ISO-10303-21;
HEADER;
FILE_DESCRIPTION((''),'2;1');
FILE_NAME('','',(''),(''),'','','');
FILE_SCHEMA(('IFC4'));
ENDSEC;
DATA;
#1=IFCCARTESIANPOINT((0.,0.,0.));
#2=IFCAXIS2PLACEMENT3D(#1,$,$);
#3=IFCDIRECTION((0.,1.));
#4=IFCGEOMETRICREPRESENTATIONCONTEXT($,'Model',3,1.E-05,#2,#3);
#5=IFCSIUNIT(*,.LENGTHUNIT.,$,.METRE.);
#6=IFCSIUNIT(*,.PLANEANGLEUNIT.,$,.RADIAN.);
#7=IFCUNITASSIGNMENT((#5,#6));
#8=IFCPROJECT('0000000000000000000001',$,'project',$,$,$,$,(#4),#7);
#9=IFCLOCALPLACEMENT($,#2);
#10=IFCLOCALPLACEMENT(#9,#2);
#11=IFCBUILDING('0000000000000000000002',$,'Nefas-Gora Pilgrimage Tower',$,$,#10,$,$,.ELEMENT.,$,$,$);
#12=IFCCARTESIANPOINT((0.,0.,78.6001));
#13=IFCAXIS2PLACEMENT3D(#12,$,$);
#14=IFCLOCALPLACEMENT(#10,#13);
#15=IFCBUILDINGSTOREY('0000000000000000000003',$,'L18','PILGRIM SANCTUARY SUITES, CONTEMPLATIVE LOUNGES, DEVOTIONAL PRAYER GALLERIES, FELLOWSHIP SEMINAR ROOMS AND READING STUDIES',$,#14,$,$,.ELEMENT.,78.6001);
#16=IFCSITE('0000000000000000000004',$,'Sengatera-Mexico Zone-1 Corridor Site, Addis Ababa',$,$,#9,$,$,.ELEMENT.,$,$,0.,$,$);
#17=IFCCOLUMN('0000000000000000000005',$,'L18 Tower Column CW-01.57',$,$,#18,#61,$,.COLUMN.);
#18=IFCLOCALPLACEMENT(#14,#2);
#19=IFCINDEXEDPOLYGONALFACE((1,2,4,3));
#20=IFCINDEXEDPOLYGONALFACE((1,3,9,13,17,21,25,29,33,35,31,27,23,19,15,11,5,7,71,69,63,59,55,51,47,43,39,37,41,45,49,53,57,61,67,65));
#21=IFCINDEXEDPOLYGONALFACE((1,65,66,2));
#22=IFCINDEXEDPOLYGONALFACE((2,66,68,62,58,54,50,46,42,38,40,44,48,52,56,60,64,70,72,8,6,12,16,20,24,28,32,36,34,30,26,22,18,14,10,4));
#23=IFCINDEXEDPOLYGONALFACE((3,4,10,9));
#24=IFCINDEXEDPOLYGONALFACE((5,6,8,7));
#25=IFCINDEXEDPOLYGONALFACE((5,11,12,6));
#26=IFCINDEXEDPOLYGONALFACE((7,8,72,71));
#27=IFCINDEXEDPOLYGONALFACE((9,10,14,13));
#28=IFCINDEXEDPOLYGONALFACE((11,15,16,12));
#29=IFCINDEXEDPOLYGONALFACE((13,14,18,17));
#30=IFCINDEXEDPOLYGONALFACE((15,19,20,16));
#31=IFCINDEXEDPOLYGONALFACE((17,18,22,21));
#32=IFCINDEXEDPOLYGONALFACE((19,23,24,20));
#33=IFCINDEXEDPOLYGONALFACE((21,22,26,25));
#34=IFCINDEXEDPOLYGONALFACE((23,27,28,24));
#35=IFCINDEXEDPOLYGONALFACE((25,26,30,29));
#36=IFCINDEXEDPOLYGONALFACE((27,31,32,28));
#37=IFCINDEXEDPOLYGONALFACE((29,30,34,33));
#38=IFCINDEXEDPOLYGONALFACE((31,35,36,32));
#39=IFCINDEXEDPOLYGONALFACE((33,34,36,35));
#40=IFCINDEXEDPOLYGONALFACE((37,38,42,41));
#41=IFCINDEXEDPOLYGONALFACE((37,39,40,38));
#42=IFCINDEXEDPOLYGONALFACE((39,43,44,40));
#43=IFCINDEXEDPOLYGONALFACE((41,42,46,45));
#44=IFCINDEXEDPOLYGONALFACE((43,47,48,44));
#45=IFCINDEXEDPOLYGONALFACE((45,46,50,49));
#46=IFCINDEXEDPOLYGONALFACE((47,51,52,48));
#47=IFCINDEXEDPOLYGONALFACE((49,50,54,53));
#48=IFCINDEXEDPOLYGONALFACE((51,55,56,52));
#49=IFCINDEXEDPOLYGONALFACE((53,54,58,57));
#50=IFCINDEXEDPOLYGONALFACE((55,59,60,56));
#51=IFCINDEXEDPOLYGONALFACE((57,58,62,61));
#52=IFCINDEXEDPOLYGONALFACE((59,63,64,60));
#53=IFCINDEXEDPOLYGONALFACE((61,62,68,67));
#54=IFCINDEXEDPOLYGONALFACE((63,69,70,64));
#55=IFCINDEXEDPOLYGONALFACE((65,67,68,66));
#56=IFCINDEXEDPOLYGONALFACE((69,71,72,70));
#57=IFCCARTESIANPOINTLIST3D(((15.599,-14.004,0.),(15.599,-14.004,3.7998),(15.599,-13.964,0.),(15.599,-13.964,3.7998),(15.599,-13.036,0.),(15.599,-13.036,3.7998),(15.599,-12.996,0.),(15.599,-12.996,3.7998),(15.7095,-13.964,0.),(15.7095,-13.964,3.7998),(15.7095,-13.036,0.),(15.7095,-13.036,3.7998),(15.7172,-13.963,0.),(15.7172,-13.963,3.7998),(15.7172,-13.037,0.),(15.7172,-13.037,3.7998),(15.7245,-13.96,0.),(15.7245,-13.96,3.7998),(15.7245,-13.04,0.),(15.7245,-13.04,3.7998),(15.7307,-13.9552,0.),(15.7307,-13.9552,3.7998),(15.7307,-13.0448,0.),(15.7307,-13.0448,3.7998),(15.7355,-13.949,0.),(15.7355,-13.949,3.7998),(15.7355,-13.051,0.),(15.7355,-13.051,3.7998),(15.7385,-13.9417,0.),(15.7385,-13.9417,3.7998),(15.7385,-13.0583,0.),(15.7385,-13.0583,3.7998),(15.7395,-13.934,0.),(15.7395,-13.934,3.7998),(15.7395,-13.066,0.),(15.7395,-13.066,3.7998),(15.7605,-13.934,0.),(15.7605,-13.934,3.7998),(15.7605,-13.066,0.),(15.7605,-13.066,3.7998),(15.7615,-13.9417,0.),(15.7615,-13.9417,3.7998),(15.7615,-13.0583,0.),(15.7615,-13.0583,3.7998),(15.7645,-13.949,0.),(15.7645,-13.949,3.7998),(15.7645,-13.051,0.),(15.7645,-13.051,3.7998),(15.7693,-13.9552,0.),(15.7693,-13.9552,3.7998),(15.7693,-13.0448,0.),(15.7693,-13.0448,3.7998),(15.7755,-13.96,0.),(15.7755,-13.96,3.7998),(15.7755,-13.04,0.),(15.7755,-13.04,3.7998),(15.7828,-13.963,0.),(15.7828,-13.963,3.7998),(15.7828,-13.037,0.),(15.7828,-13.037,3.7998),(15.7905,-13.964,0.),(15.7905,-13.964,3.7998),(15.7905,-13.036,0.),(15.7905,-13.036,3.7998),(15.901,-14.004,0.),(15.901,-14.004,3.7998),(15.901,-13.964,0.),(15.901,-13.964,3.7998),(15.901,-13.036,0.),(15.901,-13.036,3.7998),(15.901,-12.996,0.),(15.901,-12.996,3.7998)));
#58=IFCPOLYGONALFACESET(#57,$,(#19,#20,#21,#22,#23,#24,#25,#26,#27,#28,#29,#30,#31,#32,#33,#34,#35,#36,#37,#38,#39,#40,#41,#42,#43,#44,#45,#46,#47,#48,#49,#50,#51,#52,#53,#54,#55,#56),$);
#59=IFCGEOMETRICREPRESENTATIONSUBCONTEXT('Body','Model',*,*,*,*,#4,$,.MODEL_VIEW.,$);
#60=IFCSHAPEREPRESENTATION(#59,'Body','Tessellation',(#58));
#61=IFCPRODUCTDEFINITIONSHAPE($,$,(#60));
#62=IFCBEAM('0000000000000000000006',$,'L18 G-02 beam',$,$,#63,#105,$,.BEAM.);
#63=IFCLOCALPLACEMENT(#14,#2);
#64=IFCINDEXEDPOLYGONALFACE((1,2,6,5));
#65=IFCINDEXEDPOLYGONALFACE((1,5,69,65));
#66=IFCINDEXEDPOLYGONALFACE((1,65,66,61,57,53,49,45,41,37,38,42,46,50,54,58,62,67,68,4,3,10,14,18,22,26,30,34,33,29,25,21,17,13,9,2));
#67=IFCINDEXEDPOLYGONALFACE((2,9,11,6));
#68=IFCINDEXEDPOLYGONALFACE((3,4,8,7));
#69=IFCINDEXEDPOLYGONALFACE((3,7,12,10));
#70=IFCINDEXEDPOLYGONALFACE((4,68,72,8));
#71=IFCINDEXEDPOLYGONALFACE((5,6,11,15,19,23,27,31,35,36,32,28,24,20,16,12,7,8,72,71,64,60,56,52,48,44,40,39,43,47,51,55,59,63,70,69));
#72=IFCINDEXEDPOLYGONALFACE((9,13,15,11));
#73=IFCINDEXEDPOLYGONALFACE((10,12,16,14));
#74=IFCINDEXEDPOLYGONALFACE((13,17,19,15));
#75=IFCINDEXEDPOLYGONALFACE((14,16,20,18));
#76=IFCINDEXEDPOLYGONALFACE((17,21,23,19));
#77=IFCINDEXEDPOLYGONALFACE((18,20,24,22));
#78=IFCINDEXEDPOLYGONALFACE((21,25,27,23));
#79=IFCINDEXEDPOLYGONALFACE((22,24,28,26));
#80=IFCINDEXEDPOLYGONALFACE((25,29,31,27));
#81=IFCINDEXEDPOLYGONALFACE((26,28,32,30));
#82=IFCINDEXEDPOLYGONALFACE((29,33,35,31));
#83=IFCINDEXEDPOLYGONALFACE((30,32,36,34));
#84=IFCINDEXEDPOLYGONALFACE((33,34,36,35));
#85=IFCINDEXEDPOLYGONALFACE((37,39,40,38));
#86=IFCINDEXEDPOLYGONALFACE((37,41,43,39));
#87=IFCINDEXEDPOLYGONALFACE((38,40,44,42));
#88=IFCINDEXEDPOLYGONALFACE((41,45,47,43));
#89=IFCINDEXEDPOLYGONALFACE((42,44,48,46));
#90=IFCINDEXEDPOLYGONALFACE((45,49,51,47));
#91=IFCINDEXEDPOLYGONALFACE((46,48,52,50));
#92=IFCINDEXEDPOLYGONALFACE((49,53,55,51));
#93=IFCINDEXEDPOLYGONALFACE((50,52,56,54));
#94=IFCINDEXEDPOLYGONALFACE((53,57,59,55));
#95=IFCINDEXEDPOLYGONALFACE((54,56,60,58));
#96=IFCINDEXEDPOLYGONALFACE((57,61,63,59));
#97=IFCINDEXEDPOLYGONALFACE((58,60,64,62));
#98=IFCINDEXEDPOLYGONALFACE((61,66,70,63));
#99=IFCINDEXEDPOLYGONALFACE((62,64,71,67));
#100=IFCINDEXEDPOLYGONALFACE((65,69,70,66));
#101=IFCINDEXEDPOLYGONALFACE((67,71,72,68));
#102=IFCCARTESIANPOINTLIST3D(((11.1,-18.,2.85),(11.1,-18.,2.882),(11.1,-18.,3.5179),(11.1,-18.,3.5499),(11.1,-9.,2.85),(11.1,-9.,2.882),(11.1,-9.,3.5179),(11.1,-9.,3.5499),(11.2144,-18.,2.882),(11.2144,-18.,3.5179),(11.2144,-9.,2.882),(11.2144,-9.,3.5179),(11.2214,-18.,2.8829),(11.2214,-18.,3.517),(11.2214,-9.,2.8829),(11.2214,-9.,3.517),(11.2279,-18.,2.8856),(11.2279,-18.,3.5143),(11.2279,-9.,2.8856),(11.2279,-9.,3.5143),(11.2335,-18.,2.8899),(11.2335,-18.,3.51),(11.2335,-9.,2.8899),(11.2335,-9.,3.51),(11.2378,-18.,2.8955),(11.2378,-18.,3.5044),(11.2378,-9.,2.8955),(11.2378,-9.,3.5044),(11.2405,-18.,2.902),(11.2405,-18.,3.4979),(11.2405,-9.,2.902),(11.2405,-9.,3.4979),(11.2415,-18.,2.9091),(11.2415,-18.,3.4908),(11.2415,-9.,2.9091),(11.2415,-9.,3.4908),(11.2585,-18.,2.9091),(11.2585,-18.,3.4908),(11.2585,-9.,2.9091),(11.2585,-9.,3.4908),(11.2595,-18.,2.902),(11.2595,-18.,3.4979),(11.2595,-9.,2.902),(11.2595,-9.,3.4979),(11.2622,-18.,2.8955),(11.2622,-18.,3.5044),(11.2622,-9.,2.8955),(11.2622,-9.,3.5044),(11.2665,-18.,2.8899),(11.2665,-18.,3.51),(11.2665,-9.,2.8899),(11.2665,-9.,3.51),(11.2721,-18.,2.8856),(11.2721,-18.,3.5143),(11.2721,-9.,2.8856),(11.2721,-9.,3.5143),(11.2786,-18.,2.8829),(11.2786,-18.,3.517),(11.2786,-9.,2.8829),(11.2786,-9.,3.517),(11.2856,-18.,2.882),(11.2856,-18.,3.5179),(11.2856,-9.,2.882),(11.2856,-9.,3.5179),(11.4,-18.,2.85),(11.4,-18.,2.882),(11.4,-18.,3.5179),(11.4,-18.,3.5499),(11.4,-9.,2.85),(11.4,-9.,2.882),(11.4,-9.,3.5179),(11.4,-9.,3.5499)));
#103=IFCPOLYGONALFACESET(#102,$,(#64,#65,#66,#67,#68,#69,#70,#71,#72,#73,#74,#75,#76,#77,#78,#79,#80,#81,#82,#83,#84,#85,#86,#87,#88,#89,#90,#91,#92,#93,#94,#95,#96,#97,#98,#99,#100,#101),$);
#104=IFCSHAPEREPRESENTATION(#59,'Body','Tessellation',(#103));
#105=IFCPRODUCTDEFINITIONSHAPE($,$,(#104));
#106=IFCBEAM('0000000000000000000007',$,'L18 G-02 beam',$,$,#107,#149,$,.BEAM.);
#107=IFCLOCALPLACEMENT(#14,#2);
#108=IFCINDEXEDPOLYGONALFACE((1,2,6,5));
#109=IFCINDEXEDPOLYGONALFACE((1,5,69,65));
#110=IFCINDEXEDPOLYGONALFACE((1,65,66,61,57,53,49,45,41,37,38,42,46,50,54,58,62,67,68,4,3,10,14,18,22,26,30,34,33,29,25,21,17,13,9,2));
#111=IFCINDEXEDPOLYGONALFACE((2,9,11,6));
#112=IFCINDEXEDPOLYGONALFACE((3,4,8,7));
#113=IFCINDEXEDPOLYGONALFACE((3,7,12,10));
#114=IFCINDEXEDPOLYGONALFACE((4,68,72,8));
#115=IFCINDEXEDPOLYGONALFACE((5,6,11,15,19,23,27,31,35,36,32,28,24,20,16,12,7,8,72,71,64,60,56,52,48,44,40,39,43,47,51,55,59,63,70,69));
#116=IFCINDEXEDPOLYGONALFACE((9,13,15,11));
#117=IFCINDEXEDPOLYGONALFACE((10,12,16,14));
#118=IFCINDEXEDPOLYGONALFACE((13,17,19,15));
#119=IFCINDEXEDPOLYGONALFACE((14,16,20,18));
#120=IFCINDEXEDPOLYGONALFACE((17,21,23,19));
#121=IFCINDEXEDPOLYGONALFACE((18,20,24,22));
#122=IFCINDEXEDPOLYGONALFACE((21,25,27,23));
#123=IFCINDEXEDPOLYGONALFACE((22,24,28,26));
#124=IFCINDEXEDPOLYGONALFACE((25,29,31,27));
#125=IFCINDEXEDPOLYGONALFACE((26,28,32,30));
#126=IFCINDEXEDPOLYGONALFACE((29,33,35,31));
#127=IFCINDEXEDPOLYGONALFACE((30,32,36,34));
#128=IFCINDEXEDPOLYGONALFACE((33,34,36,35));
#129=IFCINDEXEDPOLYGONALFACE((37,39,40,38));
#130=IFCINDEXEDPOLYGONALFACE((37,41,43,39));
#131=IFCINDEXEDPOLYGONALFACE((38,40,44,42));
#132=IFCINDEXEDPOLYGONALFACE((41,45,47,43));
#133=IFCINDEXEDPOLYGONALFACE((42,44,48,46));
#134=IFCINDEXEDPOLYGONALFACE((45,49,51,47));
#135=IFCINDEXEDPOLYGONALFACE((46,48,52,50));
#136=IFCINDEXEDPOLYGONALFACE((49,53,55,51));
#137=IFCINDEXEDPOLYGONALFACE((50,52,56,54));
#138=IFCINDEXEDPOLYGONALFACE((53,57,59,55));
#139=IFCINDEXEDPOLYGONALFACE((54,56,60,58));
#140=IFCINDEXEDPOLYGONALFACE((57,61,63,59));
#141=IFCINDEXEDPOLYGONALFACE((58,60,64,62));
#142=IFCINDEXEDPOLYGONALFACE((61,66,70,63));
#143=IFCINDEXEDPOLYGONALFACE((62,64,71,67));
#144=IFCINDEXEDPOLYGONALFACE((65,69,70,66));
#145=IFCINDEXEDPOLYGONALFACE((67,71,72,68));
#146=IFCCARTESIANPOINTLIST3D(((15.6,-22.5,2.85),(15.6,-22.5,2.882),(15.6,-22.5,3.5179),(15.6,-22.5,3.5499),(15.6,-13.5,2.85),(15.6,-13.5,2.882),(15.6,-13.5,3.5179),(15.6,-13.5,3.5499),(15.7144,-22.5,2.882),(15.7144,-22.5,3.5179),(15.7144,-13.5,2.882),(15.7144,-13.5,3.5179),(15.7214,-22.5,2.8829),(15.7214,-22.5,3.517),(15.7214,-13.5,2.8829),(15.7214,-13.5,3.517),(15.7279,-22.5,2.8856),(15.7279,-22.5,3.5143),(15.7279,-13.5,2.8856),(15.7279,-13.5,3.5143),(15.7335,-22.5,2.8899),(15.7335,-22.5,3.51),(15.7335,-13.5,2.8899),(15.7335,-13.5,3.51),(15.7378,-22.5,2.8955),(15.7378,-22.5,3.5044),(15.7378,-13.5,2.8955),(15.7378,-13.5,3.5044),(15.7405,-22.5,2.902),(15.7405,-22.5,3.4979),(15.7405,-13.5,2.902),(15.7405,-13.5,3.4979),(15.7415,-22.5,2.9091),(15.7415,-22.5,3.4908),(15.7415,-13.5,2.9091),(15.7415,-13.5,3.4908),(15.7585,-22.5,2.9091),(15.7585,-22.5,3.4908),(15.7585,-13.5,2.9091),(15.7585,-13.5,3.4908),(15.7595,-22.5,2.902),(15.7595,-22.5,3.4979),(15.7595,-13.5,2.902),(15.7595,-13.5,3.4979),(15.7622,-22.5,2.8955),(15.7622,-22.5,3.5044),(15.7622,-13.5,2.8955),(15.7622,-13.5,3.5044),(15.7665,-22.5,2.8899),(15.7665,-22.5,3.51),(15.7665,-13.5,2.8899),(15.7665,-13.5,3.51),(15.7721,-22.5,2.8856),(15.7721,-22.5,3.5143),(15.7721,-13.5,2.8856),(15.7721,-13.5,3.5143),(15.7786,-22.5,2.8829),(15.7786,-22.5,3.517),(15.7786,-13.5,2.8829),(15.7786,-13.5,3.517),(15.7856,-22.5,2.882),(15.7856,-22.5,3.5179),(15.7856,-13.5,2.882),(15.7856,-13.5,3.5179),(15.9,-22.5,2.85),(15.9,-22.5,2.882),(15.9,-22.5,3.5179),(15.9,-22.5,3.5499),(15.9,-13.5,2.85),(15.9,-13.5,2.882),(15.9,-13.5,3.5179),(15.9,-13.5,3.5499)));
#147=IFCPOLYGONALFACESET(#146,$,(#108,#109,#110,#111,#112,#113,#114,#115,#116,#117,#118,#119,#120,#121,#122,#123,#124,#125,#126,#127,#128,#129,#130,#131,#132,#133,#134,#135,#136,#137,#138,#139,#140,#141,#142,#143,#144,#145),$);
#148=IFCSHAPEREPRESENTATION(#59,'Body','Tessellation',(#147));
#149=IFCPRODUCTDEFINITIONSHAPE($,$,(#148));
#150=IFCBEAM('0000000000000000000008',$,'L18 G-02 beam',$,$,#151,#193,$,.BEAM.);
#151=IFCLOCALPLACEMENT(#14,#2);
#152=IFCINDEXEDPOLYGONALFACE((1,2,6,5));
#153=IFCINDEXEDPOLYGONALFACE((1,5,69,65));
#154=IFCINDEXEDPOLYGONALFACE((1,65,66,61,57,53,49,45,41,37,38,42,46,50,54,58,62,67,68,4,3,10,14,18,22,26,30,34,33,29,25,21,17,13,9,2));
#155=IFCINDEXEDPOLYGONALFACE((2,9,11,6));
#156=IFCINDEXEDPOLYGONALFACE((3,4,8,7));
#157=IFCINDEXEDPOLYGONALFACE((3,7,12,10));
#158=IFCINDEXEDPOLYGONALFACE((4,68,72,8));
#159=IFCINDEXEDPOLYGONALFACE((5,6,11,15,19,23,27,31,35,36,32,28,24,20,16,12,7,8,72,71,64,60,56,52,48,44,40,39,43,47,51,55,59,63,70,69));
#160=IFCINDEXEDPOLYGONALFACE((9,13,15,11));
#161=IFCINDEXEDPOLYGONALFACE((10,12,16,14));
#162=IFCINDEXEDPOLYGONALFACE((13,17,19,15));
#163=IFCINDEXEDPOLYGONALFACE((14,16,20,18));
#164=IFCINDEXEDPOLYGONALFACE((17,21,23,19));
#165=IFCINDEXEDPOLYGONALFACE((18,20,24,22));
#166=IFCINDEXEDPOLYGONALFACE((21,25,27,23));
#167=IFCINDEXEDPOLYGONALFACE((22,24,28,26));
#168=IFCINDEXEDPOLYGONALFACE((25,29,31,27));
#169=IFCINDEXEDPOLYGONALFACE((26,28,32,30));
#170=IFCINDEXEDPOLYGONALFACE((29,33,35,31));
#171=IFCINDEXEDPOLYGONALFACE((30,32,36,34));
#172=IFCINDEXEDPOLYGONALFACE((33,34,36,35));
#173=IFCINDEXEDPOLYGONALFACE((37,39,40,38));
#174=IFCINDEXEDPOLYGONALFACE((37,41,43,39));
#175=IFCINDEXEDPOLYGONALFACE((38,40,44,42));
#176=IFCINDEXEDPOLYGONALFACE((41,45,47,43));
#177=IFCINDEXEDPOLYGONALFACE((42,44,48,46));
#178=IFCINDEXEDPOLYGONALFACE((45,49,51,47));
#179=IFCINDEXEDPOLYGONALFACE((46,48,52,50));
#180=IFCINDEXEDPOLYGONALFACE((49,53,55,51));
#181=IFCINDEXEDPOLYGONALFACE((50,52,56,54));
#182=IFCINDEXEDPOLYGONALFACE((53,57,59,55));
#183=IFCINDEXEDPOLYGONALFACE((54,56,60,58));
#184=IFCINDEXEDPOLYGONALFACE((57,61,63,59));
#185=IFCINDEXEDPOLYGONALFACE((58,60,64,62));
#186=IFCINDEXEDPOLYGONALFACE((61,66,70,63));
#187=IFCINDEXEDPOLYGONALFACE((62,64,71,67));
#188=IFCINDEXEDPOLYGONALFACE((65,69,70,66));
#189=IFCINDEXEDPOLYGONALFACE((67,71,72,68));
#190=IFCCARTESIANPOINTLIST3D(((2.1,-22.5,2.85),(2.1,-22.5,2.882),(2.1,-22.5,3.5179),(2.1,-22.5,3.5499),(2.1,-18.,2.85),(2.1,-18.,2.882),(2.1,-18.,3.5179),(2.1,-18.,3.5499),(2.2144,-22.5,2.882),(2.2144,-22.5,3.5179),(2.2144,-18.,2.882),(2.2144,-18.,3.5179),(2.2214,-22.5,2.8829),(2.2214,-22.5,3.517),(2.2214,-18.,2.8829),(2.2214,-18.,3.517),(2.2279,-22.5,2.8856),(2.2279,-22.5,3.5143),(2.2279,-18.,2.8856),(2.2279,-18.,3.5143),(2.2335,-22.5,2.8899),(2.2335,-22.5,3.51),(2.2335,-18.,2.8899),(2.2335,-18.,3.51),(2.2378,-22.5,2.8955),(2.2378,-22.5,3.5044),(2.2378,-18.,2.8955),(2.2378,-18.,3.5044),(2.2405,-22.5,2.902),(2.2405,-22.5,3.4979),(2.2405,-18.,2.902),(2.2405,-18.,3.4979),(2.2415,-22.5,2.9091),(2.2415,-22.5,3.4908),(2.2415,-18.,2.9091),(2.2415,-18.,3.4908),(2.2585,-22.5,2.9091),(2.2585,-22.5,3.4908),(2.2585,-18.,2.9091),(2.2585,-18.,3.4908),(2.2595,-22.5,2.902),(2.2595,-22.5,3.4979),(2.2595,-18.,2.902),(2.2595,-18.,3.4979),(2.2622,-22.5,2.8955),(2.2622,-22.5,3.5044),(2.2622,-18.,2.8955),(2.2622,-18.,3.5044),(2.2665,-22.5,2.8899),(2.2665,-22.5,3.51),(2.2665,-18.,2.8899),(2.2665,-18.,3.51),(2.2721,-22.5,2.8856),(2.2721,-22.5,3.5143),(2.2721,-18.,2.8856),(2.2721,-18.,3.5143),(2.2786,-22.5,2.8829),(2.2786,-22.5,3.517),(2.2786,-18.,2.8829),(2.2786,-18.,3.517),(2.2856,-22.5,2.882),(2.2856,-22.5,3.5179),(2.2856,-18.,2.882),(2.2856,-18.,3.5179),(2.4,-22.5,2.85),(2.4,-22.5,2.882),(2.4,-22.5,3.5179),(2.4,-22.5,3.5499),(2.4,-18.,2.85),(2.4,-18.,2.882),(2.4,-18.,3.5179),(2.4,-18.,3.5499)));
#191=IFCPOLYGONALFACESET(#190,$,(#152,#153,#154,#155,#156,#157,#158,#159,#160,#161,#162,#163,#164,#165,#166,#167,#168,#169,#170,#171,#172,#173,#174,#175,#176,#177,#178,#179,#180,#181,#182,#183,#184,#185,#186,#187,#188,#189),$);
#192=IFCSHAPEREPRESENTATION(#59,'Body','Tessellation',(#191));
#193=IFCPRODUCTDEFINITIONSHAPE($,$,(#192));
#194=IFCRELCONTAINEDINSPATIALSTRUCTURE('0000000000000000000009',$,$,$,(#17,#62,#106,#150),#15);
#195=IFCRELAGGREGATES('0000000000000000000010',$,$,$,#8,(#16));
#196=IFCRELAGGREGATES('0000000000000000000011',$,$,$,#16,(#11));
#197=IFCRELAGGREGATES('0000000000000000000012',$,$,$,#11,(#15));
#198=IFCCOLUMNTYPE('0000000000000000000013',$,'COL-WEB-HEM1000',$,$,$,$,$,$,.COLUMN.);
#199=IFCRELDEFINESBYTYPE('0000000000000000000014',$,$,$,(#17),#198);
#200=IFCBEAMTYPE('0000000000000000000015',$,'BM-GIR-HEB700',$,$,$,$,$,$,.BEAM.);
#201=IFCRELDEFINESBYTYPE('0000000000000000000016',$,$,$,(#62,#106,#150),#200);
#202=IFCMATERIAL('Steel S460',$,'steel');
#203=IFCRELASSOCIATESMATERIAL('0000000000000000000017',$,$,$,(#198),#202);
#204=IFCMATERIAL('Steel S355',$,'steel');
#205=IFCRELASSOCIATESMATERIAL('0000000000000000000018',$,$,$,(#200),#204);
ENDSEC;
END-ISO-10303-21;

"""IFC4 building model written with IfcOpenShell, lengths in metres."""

from ifc_helpers import new_model, si_unit, direction, frame, origin, origin_2d, place, context, subcontext, project, spatial, i_section, extrude, source, transform, mapped, material, material_profile, profile_set, type_object, element, save


model = new_model("IFC4")

# Units and contexts
model_context = context("Model", 3, precision=1e-05, world=origin(), true_north=direction((0.0, 1.0)))
body_context = subcontext(model_context, "Body", "Model", "MODEL_VIEW")
ifc_project = project(units=[si_unit("LENGTHUNIT", "METRE"), si_unit("PLANEANGLEUNIT", "RADIAN")], contexts=[model_context])

# Site, building, storey
site_placement = place(None, origin())
site = spatial("IfcSite", under=ifc_project, at=site_placement, Name="Sengatera-Mexico Zone-1 Corridor Site, Addis Ababa", CompositionType="ELEMENT", RefElevation=0.0)
building_placement = place(site_placement, origin())
building = spatial("IfcBuilding", under=site, at=building_placement, Name="Nefas-Gora Pilgrimage Tower", CompositionType="ELEMENT")
storey_placement = place(building_placement, frame((0.0, 0.0, 78.6001)))
storey = spatial("IfcBuildingStorey", under=building, at=storey_placement, Name="L18", Description="PILGRIM SANCTUARY SUITES, CONTEMPLATIVE LOUNGES, DEVOTIONAL PRAYER GALLERIES, FELLOWSHIP SEMINAR ROOMS AND READING STUDIES", CompositionType="ELEMENT", Elevation=78.6001)

# Column
ifc_material_1 = material(Name="Steel S460", Category="steel")
ifc_material_profile_1 = material_profile(ifc_material_1, i_section(OverallWidth=0.302, OverallDepth=1.0081, WebThickness=0.021, FlangeThickness=0.04, FilletRadius=0.03, at=origin_2d()), Name="HEM 1000")
ifc_profile_set_1 = profile_set([ifc_material_profile_1], Name="Steel S460")
column_type_1 = type_object("IfcColumnType", Name="COL-WEB-HEM1000", PredefinedType="COLUMN", material=ifc_profile_set_1)
shared_shape_1 = source(origin(), body_context, "Body", "SweptSolid", [
    extrude(i_section(OverallWidth=0.302, OverallDepth=1.0081, WebThickness=0.021, FlangeThickness=0.04, FilletRadius=0.03, at=origin_2d()), origin(), (0.0, 0.0, 1.0), 3.7998),
])
for number, where, z_axis, x_axis, name in (
    (1, (15.75, -13.5, 0.0), (0.0, 0.0, 1.0), (1.0, 0.0, 0.0), "L18 Tower Column CW-01.57"),
):
    element("IfcColumn", number, at=place(storey_placement, frame(where, z_axis=z_axis, x_axis=x_axis)), inside=storey, type_object=column_type_1, Name=name, PredefinedType="COLUMN", context=body_context, shape_type="MappedRepresentation", body=[
        mapped(shared_shape_1, transform((0.0, 0.0, 0.0), x_axis=(1.0, 0.0, 0.0), y_axis=(0.0, 1.0, 0.0), z_axis=(0.0, 0.0, 1.0), scale=1.0)),
    ])

# Beams
ifc_material_2 = material(Name="Steel S355", Category="steel")
ifc_material_profile_2 = material_profile(ifc_material_2, i_section(OverallWidth=0.3, OverallDepth=0.7, WebThickness=0.0171, FlangeThickness=0.032, FilletRadius=0.0271, at=origin_2d()), Name="HEB 700")
ifc_profile_set_2 = profile_set([ifc_material_profile_2], Name="Steel S355")
beam_type_1 = type_object("IfcBeamType", Name="BM-GIR-HEB700", PredefinedType="BEAM", material=ifc_profile_set_2)
shared_shape_2 = source(origin(), body_context, "Body", "SweptSolid", [
    extrude(i_section(OverallWidth=0.3, OverallDepth=0.7, WebThickness=0.0171, FlangeThickness=0.032, FilletRadius=0.0271, at=origin_2d()), origin(), (0.0, 0.0, 1.0), 9.0),
])
for number, where, z_axis, x_axis, name in (
    (2, (11.25, -18.0, 3.2), (0.0, 1.0, 0.0), (-1.0, 0.0, 0.0), "L18 G-02 beam"),
    (3, (15.75, -22.5, 3.2), (0.0, 1.0, 0.0), (-1.0, 0.0, 0.0), "L18 G-02 beam"),
):
    element("IfcBeam", number, at=place(storey_placement, frame(where, z_axis=z_axis, x_axis=x_axis)), inside=storey, type_object=beam_type_1, Name=name, PredefinedType="BEAM", context=body_context, shape_type="MappedRepresentation", body=[
        mapped(shared_shape_2, transform((0.0, 0.0, 0.0), x_axis=(1.0, 0.0, 0.0), y_axis=(0.0, 1.0, 0.0), z_axis=(0.0, 0.0, 1.0), scale=1.0)),
    ])
shared_shape_3 = source(origin(), body_context, "Body", "SweptSolid", [
    extrude(i_section(OverallWidth=0.3, OverallDepth=0.7, WebThickness=0.0171, FlangeThickness=0.032, FilletRadius=0.0271, at=origin_2d()), origin(), (0.0, 0.0, 1.0), 4.5),
])
for number, where, z_axis, x_axis, name in (
    (4, (2.25, -22.5, 3.2), (0.0, 1.0, 0.0), (-1.0, 0.0, 0.0), "L18 G-02 beam"),
):
    element("IfcBeam", number, at=place(storey_placement, frame(where, z_axis=z_axis, x_axis=x_axis)), inside=storey, type_object=beam_type_1, Name=name, PredefinedType="BEAM", context=body_context, shape_type="MappedRepresentation", body=[
        mapped(shared_shape_3, transform((0.0, 0.0, 0.0), x_axis=(1.0, 0.0, 0.0), y_axis=(0.0, 1.0, 0.0), z_axis=(0.0, 0.0, 1.0), scale=1.0)),
    ])

save(model, "model.ifc")
